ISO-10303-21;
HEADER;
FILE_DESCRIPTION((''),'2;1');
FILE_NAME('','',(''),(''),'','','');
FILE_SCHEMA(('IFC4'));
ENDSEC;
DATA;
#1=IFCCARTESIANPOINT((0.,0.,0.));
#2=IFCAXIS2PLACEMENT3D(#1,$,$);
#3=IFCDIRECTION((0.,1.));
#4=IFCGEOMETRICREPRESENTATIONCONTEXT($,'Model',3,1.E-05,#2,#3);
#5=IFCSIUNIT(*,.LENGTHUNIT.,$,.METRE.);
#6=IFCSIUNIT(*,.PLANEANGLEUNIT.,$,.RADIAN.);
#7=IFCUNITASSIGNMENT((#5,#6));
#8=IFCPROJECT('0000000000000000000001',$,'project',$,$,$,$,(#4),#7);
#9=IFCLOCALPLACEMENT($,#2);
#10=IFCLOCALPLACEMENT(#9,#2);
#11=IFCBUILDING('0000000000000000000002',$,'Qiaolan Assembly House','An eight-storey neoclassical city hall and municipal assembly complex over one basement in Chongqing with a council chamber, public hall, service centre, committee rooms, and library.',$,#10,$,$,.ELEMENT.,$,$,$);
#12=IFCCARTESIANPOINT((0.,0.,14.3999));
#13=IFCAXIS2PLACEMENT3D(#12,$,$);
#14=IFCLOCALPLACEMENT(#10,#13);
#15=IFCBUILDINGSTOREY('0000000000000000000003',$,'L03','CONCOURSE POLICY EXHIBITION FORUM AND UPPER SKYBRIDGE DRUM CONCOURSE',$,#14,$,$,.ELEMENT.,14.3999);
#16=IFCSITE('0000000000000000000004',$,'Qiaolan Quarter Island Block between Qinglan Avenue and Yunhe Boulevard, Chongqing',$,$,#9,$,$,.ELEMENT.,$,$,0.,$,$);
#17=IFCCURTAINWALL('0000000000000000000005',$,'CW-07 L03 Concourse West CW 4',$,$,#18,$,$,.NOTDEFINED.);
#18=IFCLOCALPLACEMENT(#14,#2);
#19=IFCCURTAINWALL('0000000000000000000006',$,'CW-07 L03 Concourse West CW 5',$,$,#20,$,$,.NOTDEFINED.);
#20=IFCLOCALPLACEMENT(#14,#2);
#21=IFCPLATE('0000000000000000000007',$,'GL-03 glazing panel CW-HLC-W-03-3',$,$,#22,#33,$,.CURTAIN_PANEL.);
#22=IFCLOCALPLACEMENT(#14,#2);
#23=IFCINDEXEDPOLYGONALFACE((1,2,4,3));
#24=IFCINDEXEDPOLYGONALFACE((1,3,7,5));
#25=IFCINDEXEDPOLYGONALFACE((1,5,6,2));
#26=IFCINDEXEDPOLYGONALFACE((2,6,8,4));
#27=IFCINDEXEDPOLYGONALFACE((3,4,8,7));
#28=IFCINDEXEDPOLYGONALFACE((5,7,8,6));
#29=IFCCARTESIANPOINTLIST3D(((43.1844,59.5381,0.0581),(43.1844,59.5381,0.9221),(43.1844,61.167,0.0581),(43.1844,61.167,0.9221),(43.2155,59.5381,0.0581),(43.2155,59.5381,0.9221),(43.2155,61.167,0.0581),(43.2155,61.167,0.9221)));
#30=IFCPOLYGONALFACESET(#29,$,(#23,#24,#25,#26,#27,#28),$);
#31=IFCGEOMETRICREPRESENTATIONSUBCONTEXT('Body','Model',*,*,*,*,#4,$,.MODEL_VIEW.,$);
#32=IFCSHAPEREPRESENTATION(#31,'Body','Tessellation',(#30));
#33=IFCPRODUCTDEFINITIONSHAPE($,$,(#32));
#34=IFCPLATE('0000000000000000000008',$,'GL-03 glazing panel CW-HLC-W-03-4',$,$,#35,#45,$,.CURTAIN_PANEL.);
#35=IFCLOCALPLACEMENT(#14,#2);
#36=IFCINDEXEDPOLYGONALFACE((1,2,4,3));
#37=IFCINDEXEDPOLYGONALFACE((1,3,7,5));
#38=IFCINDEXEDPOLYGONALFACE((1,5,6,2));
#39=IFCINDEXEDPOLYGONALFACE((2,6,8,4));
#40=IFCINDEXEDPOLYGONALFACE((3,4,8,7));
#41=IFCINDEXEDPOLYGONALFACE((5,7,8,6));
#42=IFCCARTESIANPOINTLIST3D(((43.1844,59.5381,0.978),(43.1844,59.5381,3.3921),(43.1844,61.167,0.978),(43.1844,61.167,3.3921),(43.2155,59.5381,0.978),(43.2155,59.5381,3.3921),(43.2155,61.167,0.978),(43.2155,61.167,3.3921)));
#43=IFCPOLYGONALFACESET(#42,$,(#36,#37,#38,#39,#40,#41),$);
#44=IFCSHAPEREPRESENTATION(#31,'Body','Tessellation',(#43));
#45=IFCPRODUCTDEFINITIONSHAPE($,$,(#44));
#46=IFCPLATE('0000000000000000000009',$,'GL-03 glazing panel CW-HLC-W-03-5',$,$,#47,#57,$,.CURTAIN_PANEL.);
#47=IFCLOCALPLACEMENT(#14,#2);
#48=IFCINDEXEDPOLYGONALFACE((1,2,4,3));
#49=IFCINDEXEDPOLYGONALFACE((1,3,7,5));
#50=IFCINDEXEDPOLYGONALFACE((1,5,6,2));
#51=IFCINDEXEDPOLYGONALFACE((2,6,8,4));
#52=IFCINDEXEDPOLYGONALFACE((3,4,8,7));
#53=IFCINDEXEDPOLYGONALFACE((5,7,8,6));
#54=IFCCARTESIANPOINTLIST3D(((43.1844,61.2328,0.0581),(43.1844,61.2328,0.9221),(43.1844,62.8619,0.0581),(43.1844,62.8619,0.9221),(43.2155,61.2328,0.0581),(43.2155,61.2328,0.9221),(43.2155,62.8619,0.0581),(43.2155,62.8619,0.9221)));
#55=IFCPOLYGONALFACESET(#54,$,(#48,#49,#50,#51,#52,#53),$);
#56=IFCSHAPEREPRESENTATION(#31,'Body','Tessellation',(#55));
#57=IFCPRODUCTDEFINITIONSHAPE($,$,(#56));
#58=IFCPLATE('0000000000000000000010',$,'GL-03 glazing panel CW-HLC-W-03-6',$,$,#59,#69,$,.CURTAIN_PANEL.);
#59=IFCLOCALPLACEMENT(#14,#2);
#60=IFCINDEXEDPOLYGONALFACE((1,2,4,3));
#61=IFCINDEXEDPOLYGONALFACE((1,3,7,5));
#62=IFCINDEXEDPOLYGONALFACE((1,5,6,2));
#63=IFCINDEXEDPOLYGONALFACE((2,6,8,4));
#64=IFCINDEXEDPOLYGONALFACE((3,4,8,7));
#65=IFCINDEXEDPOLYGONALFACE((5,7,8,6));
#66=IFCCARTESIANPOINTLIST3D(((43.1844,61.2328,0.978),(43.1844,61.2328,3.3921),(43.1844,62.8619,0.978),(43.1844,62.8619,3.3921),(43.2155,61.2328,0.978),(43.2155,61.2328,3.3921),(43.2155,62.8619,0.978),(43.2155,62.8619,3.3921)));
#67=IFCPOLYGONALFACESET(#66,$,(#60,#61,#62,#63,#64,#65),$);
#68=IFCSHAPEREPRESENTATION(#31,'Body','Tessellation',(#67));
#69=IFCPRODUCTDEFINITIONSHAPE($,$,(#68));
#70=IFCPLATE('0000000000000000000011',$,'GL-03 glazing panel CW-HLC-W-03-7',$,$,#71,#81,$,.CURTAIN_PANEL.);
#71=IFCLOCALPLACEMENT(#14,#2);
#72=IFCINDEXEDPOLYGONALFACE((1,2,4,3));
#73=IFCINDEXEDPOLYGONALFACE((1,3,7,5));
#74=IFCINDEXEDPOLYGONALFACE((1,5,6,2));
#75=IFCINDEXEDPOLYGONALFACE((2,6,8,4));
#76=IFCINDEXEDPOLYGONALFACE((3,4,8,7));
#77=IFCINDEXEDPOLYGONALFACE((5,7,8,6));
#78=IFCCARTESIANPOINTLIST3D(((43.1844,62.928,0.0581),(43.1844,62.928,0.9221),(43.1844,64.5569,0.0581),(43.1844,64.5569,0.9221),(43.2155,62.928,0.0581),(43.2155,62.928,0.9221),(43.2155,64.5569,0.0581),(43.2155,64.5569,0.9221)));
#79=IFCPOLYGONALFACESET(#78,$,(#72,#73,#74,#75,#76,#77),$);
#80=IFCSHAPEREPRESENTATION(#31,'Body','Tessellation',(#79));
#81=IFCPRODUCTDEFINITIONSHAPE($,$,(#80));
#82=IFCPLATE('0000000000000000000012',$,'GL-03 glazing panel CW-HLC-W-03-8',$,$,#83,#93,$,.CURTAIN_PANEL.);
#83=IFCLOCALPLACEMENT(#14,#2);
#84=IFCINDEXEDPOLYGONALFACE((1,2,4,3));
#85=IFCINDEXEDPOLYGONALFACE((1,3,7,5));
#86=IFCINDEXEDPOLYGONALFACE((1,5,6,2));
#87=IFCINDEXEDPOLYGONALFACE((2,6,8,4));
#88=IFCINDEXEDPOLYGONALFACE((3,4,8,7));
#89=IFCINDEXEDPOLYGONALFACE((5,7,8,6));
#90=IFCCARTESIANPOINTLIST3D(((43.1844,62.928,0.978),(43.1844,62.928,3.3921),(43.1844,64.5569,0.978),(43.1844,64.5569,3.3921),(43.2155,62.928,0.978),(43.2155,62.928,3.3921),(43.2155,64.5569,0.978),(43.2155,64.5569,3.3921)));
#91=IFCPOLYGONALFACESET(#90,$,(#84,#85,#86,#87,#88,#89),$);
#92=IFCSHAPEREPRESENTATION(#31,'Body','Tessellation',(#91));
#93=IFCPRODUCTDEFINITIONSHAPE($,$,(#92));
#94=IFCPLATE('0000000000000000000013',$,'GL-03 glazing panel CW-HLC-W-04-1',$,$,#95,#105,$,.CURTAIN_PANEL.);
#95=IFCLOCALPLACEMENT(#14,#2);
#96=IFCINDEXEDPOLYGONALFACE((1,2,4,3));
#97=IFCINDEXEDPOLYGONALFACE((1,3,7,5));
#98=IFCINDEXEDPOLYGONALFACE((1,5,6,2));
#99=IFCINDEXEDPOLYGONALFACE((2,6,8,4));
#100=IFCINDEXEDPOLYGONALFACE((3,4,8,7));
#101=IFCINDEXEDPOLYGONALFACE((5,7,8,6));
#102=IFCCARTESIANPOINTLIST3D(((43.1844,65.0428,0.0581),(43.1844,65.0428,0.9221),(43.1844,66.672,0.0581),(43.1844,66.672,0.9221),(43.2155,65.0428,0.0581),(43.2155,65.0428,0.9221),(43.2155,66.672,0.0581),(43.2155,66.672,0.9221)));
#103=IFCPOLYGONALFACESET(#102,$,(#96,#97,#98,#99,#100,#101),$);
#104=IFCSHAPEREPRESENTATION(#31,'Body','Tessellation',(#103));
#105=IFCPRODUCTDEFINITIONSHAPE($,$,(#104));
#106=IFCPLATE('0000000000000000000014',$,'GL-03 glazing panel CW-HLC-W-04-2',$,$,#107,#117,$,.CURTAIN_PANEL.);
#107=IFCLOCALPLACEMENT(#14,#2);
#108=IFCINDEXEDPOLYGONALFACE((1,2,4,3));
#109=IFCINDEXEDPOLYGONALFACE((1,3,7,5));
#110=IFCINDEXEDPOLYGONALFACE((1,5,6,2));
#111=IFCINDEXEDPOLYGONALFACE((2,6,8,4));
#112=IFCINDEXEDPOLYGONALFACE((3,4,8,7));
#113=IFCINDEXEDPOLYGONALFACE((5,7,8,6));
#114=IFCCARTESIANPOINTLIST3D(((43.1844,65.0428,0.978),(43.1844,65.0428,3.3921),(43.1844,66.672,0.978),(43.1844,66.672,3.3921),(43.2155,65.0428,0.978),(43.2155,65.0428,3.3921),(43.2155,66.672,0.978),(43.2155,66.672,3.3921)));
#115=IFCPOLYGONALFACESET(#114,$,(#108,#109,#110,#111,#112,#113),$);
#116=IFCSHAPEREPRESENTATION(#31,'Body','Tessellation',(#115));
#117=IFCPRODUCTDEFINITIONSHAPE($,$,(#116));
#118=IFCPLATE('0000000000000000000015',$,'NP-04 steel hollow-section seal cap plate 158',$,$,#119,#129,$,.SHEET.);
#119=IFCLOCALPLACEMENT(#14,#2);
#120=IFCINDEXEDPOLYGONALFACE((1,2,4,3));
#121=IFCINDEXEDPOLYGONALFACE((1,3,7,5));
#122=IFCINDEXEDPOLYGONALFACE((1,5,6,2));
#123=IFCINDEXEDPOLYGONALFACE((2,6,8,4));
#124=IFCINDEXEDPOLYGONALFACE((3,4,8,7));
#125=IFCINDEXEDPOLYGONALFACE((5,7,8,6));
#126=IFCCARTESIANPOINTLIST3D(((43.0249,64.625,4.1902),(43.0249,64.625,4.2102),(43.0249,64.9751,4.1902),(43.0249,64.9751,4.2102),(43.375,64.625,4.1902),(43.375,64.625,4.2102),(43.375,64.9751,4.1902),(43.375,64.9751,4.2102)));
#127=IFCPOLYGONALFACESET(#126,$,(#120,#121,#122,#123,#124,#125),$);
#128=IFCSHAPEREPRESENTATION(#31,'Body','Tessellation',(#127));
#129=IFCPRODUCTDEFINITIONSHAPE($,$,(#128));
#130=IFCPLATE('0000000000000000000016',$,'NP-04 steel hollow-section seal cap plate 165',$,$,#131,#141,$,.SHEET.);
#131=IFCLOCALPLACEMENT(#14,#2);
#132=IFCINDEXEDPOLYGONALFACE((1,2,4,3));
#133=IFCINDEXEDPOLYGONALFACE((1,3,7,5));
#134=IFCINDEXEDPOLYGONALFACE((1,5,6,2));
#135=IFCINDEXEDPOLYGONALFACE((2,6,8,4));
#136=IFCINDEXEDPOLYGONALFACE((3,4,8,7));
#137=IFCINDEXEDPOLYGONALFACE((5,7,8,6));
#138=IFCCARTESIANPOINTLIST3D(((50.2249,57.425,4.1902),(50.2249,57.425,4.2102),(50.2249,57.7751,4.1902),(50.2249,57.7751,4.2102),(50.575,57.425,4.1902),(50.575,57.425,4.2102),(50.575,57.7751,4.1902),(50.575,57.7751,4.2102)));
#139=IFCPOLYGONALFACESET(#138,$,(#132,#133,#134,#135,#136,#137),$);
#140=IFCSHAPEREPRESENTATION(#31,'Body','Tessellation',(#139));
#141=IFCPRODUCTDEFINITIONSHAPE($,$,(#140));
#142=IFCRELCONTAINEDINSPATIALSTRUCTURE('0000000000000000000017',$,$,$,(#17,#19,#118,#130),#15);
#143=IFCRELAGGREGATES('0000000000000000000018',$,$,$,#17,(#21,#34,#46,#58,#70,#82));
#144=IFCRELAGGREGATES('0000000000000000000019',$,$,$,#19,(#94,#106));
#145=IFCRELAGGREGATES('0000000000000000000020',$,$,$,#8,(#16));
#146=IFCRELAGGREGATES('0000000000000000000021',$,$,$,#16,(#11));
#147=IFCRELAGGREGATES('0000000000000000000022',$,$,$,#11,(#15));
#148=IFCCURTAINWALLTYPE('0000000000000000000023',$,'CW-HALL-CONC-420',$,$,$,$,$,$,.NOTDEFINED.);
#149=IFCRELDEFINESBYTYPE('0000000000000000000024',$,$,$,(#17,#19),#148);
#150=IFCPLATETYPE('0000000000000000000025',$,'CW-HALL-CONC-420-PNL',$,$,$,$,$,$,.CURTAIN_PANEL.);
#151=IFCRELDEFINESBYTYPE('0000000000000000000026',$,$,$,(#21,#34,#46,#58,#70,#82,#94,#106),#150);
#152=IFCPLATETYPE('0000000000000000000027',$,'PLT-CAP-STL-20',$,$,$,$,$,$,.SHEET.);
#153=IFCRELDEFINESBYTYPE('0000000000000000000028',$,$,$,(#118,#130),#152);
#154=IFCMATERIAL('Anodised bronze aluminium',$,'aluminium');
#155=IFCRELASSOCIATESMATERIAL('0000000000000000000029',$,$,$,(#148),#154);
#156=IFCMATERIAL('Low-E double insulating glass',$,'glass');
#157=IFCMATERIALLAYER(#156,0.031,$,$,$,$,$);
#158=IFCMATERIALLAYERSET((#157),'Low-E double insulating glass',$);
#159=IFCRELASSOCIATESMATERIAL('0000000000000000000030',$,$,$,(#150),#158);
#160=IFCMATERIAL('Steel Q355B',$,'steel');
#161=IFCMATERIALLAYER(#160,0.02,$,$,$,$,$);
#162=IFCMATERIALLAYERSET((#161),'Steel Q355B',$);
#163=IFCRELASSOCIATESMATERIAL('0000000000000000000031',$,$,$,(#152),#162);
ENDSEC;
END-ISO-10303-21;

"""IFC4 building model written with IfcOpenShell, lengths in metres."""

from ifc_helpers import new_model, si_unit, direction, frame, frame_2d, origin, origin_2d, place, context, subcontext, project, spatial, rectangle, extrude, material, layer, layer_set, type_object, element, aggregate, save


model = new_model("IFC4")

# Units and contexts
model_context = context("Model", 3, precision=1e-05, world=origin(), true_north=direction((0.0, 1.0)))
body_context = subcontext(model_context, "Body", "Model", "MODEL_VIEW")
ifc_project = project(units=[si_unit("LENGTHUNIT", "METRE"), si_unit("PLANEANGLEUNIT", "RADIAN")], contexts=[model_context])

# Site, building, storey
site_placement = place(None, origin())
site = spatial("IfcSite", under=ifc_project, at=site_placement, Name="Qiaolan Quarter Island Block between Qinglan Avenue and Yunhe Boulevard, Chongqing", CompositionType="ELEMENT", RefElevation=0.0)
building_placement = place(site_placement, origin())
building = spatial("IfcBuilding", under=site, at=building_placement, Name="Qiaolan Assembly House", Description="An eight-storey neoclassical city hall and municipal assembly complex over one basement in Chongqing with a council chamber, public hall, service centre, committee rooms, and library.", CompositionType="ELEMENT")
storey_placement = place(building_placement, frame((0.0, 0.0, 14.3999)))
storey = spatial("IfcBuildingStorey", under=building, at=storey_placement, Name="L03", Description="CONCOURSE POLICY EXHIBITION FORUM AND UPPER SKYBRIDGE DRUM CONCOURSE", CompositionType="ELEMENT", Elevation=14.3999)

# Shared definitions
ifc_material_1 = material(Name="Steel Q355B", Category="steel")

# Curtain wall
ifc_material_2 = material(Name="Anodised bronze aluminium", Category="aluminium")
curtain_wall_type = type_object("IfcCurtainWallType", Name="CW-HALL-CONC-420", PredefinedType="NOTDEFINED", material=ifc_material_2)
curtain_wall_1_placement = place(storey_placement, origin())
curtain_wall_1 = element("IfcCurtainWall", 1, at=curtain_wall_1_placement, inside=storey, type_object=curtain_wall_type, Name="CW-07 L03 Concourse West CW 4", PredefinedType="NOTDEFINED")

# Curtain wall
curtain_wall_2_placement = place(storey_placement, origin())
curtain_wall_2 = element("IfcCurtainWall", 2, at=curtain_wall_2_placement, inside=storey, type_object=curtain_wall_type, Name="CW-07 L03 Concourse West CW 5", PredefinedType="NOTDEFINED")

# Plates
ifc_material_3 = material(Name="Low-E double insulating glass", Category="glass")
ifc_layer_1 = layer(ifc_material_3, 0.031)
ifc_layer_set_1 = layer_set([ifc_layer_1], Name="Low-E double insulating glass")
plate_type_1 = type_object("IfcPlateType", Name="CW-HALL-CONC-420-PNL", PredefinedType="CURTAIN_PANEL", material=ifc_layer_set_1)
plate_1_placement = place(storey_placement, frame((43.2, 59.5381, 0.0581), z_axis=(0.0, 0.0, 1.0), x_axis=(0.0, 1.0, 0.0)))
plate_1 = element("IfcPlate", 3, at=plate_1_placement, type_object=plate_type_1, Name="GL-03 glazing panel CW-HLC-W-03-3", PredefinedType="CURTAIN_PANEL", context=body_context, shape_type="SweptSolid", body=[
    extrude(rectangle(XDim=1.6289, YDim=0.031, at=frame_2d((0.8145, 0.0))), origin(), (0.0, 0.0, 1.0), 0.864),
])
plate_2_placement = place(storey_placement, frame((43.2, 59.5381, 0.978), z_axis=(0.0, 0.0, 1.0), x_axis=(0.0, 1.0, 0.0)))
plate_2 = element("IfcPlate", 4, at=plate_2_placement, type_object=plate_type_1, Name="GL-03 glazing panel CW-HLC-W-03-4", PredefinedType="CURTAIN_PANEL", context=body_context, shape_type="SweptSolid", body=[
    extrude(rectangle(XDim=1.6289, YDim=0.031, at=frame_2d((0.8145, 0.0))), origin(), (0.0, 0.0, 1.0), 2.4141),
])
plate_3_placement = place(storey_placement, frame((43.2, 61.2329, 0.0581), z_axis=(0.0, 0.0, 1.0), x_axis=(0.0, 1.0, 0.0)))
plate_3 = element("IfcPlate", 5, at=plate_3_placement, type_object=plate_type_1, Name="GL-03 glazing panel CW-HLC-W-03-5", PredefinedType="CURTAIN_PANEL", context=body_context, shape_type="SweptSolid", body=[
    extrude(rectangle(XDim=1.6292, YDim=0.031, at=frame_2d((0.8145, 0.0))), origin(), (0.0, 0.0, 1.0), 0.864),
])
plate_4_placement = place(storey_placement, frame((43.2, 61.2329, 0.978), z_axis=(0.0, 0.0, 1.0), x_axis=(0.0, 1.0, 0.0)))
plate_4 = element("IfcPlate", 6, at=plate_4_placement, type_object=plate_type_1, Name="GL-03 glazing panel CW-HLC-W-03-6", PredefinedType="CURTAIN_PANEL", context=body_context, shape_type="SweptSolid", body=[
    extrude(rectangle(XDim=1.6292, YDim=0.031, at=frame_2d((0.8145, 0.0))), origin(), (0.0, 0.0, 1.0), 2.4141),
])
plate_5_placement = place(storey_placement, frame((43.2, 62.928, 0.0581), z_axis=(0.0, 0.0, 1.0), x_axis=(0.0, 1.0, 0.0)))
plate_5 = element("IfcPlate", 7, at=plate_5_placement, type_object=plate_type_1, Name="GL-03 glazing panel CW-HLC-W-03-7", PredefinedType="CURTAIN_PANEL", context=body_context, shape_type="SweptSolid", body=[
    extrude(rectangle(XDim=1.6289, YDim=0.031, at=frame_2d((0.8145, 0.0))), origin(), (0.0, 0.0, 1.0), 0.864),
])
plate_6_placement = place(storey_placement, frame((43.2, 62.928, 0.978), z_axis=(0.0, 0.0, 1.0), x_axis=(0.0, 1.0, 0.0)))
plate_6 = element("IfcPlate", 8, at=plate_6_placement, type_object=plate_type_1, Name="GL-03 glazing panel CW-HLC-W-03-8", PredefinedType="CURTAIN_PANEL", context=body_context, shape_type="SweptSolid", body=[
    extrude(rectangle(XDim=1.6289, YDim=0.031, at=frame_2d((0.8145, 0.0))), origin(), (0.0, 0.0, 1.0), 2.4141),
])
aggregate(curtain_wall_1, [plate_1, plate_2, plate_3, plate_4, plate_5, plate_6])
plate_7_placement = place(storey_placement, frame((43.2, 65.043, 0.0581), z_axis=(0.0, 0.0, 1.0), x_axis=(0.0, 1.0, 0.0)))
plate_7 = element("IfcPlate", 9, at=plate_7_placement, type_object=plate_type_1, Name="GL-03 glazing panel CW-HLC-W-04-1", PredefinedType="CURTAIN_PANEL", context=body_context, shape_type="SweptSolid", body=[
    extrude(rectangle(XDim=1.6292, YDim=0.031, at=frame_2d((0.8145, 0.0))), origin(), (0.0, 0.0, 1.0), 0.864),
])
plate_8_placement = place(storey_placement, frame((43.2, 65.043, 0.978), z_axis=(0.0, 0.0, 1.0), x_axis=(0.0, 1.0, 0.0)))
plate_8 = element("IfcPlate", 10, at=plate_8_placement, type_object=plate_type_1, Name="GL-03 glazing panel CW-HLC-W-04-2", PredefinedType="CURTAIN_PANEL", context=body_context, shape_type="SweptSolid", body=[
    extrude(rectangle(XDim=1.6292, YDim=0.031, at=frame_2d((0.8145, 0.0))), origin(), (0.0, 0.0, 1.0), 2.4141),
])
aggregate(curtain_wall_2, [plate_7, plate_8])

# Plates
ifc_layer_2 = layer(ifc_material_1, 0.02)
ifc_layer_set_2 = layer_set([ifc_layer_2], Name="Steel Q355B")
plate_type_2 = type_object("IfcPlateType", Name="PLT-CAP-STL-20", PredefinedType="SHEET", material=ifc_layer_set_2)
for number, where, z_axis, x_axis, name in (
    (11, (43.2, 64.8, 4.1902), (0.0, 0.0, 1.0), (1.0, 0.0, 0.0), "NP-04 steel hollow-section seal cap plate 158"),
    (12, (50.3999, 57.6001, 4.1902), (0.0, 0.0, 1.0), (1.0, 0.0, 0.0), "NP-04 steel hollow-section seal cap plate 165"),
):
    element("IfcPlate", number, at=place(storey_placement, frame(where, z_axis=z_axis, x_axis=x_axis)), inside=storey, type_object=plate_type_2, Name=name, PredefinedType="SHEET", context=body_context, shape_type="SweptSolid", body=[
        extrude(rectangle(XDim=0.3501, YDim=0.3501, at=origin_2d()), origin(), (0.0, 0.0, 1.0), 0.02),
    ])

save(model, "model.ifc")
